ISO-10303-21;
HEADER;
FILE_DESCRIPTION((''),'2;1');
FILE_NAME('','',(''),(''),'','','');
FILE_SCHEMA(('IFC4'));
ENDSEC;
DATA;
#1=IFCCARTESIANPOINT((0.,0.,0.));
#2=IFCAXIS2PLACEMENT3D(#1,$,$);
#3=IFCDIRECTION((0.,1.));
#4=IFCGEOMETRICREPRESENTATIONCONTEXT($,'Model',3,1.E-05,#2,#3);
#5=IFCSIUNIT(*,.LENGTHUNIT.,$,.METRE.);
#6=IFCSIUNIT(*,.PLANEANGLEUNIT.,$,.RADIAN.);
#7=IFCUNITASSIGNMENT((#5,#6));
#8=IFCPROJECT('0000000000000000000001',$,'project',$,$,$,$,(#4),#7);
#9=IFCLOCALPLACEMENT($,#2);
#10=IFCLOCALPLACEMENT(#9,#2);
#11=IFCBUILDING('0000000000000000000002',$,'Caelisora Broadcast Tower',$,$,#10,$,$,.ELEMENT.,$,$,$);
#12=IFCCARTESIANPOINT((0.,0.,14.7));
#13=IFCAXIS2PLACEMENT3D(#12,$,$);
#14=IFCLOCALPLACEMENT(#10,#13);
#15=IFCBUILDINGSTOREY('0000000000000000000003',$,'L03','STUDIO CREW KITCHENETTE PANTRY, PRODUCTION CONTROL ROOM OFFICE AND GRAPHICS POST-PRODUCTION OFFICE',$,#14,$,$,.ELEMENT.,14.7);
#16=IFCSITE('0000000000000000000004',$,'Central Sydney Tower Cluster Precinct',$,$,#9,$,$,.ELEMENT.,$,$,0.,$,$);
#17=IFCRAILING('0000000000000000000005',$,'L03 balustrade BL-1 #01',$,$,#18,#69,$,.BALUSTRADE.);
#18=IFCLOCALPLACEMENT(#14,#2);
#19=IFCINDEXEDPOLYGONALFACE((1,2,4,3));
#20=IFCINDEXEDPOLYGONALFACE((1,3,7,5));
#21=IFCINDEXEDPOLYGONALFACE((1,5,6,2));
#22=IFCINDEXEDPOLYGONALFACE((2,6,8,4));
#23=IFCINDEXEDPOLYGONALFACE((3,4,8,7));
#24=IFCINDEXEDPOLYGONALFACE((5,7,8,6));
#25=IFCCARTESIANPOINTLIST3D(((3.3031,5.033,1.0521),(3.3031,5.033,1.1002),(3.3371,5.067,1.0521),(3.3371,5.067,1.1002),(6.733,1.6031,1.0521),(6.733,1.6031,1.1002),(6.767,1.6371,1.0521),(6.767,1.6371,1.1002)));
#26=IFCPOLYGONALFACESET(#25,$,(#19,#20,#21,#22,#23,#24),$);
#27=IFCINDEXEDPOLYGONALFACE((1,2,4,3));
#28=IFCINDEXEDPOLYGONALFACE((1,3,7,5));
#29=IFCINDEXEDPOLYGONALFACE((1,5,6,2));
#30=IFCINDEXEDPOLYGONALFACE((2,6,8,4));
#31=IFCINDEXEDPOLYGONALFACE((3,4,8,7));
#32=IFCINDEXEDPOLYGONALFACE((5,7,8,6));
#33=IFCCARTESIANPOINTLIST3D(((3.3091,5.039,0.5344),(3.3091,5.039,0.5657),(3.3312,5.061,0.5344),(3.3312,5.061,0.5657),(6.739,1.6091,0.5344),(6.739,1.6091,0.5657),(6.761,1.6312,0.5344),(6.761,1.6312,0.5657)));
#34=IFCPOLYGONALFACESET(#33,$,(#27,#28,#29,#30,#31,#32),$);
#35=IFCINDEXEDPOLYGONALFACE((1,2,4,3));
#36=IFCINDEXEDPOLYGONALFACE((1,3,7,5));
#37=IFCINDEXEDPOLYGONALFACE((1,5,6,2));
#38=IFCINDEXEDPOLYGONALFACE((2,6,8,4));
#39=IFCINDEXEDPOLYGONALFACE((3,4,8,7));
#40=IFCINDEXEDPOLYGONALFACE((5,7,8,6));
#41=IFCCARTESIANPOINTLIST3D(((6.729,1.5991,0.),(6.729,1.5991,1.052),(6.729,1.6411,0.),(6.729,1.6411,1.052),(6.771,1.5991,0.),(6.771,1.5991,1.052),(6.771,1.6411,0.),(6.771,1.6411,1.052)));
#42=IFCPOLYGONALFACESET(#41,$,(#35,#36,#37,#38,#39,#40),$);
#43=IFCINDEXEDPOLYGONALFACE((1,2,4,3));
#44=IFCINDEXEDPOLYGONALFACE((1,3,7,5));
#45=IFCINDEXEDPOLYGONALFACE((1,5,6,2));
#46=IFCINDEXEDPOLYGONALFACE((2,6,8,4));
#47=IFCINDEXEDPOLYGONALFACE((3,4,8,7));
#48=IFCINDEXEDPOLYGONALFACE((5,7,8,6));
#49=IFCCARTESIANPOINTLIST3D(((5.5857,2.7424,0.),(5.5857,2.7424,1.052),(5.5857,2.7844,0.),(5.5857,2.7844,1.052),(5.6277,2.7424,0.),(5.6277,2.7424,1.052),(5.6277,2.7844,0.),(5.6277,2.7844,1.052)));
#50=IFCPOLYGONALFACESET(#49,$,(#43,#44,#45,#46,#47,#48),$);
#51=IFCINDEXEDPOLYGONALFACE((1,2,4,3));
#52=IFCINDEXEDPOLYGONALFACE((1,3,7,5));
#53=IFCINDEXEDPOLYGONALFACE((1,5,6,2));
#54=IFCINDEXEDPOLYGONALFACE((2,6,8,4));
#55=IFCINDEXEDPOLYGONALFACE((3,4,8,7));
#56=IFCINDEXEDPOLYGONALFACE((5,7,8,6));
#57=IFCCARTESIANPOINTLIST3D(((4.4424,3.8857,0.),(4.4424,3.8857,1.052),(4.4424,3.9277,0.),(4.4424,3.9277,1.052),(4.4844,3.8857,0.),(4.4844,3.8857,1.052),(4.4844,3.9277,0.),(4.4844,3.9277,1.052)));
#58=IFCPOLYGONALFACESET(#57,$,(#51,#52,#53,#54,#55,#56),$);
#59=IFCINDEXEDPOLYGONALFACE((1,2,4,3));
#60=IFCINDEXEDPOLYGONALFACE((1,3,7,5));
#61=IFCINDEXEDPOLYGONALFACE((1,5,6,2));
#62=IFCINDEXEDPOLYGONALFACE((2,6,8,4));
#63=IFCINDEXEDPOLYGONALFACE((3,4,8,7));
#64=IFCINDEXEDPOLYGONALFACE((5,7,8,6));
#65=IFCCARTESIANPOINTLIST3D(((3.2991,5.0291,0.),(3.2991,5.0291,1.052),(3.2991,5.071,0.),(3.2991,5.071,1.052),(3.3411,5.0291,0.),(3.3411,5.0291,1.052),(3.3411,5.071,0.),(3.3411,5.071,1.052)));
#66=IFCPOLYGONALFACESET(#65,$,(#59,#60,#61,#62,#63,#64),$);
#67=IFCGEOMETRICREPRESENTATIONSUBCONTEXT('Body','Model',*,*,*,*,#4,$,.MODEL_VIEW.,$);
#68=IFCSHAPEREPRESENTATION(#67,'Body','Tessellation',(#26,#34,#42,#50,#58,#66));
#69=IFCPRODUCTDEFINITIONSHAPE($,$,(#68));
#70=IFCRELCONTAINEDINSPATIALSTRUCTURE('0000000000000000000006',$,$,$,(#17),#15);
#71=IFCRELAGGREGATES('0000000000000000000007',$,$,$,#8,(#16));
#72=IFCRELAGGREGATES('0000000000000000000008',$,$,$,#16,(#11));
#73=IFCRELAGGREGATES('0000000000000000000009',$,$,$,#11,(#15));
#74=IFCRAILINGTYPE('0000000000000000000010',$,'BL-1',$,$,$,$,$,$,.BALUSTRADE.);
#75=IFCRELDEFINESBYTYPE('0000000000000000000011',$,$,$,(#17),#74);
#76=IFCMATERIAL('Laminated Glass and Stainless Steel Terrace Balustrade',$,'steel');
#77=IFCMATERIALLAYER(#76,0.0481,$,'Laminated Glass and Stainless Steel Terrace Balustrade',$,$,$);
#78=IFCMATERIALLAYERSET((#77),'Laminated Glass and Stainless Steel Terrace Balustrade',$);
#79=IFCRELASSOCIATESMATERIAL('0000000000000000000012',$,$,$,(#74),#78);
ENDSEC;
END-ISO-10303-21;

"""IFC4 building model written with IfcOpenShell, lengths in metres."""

from ifc_helpers import new_model, si_unit, direction, frame, origin, origin_2d, place, context, subcontext, project, spatial, rectangle, extrude, material, layer, layer_set, type_object, element, save


model = new_model("IFC4")

# Units and contexts
model_context = context("Model", 3, precision=1e-05, world=origin(), true_north=direction((0.0, 1.0)))
body_context = subcontext(model_context, "Body", "Model", "MODEL_VIEW")
ifc_project = project(units=[si_unit("LENGTHUNIT", "METRE"), si_unit("PLANEANGLEUNIT", "RADIAN")], contexts=[model_context])

# Site, building, storey
site_placement = place(None, origin())
site = spatial("IfcSite", under=ifc_project, at=site_placement, Name="Central Sydney Tower Cluster Precinct", CompositionType="ELEMENT", RefElevation=0.0)
building_placement = place(site_placement, origin())
building = spatial("IfcBuilding", under=site, at=building_placement, Name="Caelisora Broadcast Tower", CompositionType="ELEMENT")
storey_placement = place(building_placement, frame((0.0, 0.0, 14.7)))
storey = spatial("IfcBuildingStorey", under=building, at=storey_placement, Name="L03", Description="STUDIO CREW KITCHENETTE PANTRY, PRODUCTION CONTROL ROOM OFFICE AND GRAPHICS POST-PRODUCTION OFFICE", CompositionType="ELEMENT", Elevation=14.7)

# Railing
ifc_material_1 = material(Name="Laminated Glass and Stainless Steel Terrace Balustrade", Category="steel")
ifc_layer_1 = layer(ifc_material_1, 0.0481, Name="Laminated Glass and Stainless Steel Terrace Balustrade")
ifc_layer_set_1 = layer_set([ifc_layer_1], Name="Laminated Glass and Stainless Steel Terrace Balustrade")
railing_type = type_object("IfcRailingType", Name="BL-1", PredefinedType="BALUSTRADE", material=ifc_layer_set_1)
railing_1_placement = place(storey_placement, frame((6.75, 1.6201, 0.0)))
element("IfcRailing", 1, at=railing_1_placement, inside=storey, type_object=railing_type, Name="L03 balustrade BL-1 #01", PredefinedType="BALUSTRADE", context=body_context, shape_type="SweptSolid", body=[
    extrude(rectangle(XDim=0.0481, YDim=0.0481, at=origin_2d()), frame((0.0, 0.0, 1.0762), z_axis=(-0.707107, 0.707107, 0.0), x_axis=(-0.707107, -0.707107, 0.0)), (0.0, 0.0, 1.0), 4.8506),
    extrude(rectangle(XDim=0.0312, YDim=0.0312, at=origin_2d()), frame((0.0, 0.0, 0.55), z_axis=(-0.707107, 0.707107, 0.0), x_axis=(-0.707107, -0.707107, 0.0)), (0.0, 0.0, 1.0), 4.8506),
    extrude(rectangle(XDim=0.042, YDim=0.042, at=origin_2d()), origin(), (0.0, 0.0, 1.0), 1.052),
    extrude(rectangle(XDim=0.042, YDim=0.042, at=origin_2d()), frame((-1.1433, 1.1433, 0.0)), (0.0, 0.0, 1.0), 1.052),
    extrude(rectangle(XDim=0.042, YDim=0.042, at=origin_2d()), frame((-2.2866, 2.2866, 0.0)), (0.0, 0.0, 1.0), 1.052),
    extrude(rectangle(XDim=0.042, YDim=0.042, at=origin_2d()), frame((-3.4299, 3.4299, 0.0)), (0.0, 0.0, 1.0), 1.052),
])

save(model, "model.ifc")
